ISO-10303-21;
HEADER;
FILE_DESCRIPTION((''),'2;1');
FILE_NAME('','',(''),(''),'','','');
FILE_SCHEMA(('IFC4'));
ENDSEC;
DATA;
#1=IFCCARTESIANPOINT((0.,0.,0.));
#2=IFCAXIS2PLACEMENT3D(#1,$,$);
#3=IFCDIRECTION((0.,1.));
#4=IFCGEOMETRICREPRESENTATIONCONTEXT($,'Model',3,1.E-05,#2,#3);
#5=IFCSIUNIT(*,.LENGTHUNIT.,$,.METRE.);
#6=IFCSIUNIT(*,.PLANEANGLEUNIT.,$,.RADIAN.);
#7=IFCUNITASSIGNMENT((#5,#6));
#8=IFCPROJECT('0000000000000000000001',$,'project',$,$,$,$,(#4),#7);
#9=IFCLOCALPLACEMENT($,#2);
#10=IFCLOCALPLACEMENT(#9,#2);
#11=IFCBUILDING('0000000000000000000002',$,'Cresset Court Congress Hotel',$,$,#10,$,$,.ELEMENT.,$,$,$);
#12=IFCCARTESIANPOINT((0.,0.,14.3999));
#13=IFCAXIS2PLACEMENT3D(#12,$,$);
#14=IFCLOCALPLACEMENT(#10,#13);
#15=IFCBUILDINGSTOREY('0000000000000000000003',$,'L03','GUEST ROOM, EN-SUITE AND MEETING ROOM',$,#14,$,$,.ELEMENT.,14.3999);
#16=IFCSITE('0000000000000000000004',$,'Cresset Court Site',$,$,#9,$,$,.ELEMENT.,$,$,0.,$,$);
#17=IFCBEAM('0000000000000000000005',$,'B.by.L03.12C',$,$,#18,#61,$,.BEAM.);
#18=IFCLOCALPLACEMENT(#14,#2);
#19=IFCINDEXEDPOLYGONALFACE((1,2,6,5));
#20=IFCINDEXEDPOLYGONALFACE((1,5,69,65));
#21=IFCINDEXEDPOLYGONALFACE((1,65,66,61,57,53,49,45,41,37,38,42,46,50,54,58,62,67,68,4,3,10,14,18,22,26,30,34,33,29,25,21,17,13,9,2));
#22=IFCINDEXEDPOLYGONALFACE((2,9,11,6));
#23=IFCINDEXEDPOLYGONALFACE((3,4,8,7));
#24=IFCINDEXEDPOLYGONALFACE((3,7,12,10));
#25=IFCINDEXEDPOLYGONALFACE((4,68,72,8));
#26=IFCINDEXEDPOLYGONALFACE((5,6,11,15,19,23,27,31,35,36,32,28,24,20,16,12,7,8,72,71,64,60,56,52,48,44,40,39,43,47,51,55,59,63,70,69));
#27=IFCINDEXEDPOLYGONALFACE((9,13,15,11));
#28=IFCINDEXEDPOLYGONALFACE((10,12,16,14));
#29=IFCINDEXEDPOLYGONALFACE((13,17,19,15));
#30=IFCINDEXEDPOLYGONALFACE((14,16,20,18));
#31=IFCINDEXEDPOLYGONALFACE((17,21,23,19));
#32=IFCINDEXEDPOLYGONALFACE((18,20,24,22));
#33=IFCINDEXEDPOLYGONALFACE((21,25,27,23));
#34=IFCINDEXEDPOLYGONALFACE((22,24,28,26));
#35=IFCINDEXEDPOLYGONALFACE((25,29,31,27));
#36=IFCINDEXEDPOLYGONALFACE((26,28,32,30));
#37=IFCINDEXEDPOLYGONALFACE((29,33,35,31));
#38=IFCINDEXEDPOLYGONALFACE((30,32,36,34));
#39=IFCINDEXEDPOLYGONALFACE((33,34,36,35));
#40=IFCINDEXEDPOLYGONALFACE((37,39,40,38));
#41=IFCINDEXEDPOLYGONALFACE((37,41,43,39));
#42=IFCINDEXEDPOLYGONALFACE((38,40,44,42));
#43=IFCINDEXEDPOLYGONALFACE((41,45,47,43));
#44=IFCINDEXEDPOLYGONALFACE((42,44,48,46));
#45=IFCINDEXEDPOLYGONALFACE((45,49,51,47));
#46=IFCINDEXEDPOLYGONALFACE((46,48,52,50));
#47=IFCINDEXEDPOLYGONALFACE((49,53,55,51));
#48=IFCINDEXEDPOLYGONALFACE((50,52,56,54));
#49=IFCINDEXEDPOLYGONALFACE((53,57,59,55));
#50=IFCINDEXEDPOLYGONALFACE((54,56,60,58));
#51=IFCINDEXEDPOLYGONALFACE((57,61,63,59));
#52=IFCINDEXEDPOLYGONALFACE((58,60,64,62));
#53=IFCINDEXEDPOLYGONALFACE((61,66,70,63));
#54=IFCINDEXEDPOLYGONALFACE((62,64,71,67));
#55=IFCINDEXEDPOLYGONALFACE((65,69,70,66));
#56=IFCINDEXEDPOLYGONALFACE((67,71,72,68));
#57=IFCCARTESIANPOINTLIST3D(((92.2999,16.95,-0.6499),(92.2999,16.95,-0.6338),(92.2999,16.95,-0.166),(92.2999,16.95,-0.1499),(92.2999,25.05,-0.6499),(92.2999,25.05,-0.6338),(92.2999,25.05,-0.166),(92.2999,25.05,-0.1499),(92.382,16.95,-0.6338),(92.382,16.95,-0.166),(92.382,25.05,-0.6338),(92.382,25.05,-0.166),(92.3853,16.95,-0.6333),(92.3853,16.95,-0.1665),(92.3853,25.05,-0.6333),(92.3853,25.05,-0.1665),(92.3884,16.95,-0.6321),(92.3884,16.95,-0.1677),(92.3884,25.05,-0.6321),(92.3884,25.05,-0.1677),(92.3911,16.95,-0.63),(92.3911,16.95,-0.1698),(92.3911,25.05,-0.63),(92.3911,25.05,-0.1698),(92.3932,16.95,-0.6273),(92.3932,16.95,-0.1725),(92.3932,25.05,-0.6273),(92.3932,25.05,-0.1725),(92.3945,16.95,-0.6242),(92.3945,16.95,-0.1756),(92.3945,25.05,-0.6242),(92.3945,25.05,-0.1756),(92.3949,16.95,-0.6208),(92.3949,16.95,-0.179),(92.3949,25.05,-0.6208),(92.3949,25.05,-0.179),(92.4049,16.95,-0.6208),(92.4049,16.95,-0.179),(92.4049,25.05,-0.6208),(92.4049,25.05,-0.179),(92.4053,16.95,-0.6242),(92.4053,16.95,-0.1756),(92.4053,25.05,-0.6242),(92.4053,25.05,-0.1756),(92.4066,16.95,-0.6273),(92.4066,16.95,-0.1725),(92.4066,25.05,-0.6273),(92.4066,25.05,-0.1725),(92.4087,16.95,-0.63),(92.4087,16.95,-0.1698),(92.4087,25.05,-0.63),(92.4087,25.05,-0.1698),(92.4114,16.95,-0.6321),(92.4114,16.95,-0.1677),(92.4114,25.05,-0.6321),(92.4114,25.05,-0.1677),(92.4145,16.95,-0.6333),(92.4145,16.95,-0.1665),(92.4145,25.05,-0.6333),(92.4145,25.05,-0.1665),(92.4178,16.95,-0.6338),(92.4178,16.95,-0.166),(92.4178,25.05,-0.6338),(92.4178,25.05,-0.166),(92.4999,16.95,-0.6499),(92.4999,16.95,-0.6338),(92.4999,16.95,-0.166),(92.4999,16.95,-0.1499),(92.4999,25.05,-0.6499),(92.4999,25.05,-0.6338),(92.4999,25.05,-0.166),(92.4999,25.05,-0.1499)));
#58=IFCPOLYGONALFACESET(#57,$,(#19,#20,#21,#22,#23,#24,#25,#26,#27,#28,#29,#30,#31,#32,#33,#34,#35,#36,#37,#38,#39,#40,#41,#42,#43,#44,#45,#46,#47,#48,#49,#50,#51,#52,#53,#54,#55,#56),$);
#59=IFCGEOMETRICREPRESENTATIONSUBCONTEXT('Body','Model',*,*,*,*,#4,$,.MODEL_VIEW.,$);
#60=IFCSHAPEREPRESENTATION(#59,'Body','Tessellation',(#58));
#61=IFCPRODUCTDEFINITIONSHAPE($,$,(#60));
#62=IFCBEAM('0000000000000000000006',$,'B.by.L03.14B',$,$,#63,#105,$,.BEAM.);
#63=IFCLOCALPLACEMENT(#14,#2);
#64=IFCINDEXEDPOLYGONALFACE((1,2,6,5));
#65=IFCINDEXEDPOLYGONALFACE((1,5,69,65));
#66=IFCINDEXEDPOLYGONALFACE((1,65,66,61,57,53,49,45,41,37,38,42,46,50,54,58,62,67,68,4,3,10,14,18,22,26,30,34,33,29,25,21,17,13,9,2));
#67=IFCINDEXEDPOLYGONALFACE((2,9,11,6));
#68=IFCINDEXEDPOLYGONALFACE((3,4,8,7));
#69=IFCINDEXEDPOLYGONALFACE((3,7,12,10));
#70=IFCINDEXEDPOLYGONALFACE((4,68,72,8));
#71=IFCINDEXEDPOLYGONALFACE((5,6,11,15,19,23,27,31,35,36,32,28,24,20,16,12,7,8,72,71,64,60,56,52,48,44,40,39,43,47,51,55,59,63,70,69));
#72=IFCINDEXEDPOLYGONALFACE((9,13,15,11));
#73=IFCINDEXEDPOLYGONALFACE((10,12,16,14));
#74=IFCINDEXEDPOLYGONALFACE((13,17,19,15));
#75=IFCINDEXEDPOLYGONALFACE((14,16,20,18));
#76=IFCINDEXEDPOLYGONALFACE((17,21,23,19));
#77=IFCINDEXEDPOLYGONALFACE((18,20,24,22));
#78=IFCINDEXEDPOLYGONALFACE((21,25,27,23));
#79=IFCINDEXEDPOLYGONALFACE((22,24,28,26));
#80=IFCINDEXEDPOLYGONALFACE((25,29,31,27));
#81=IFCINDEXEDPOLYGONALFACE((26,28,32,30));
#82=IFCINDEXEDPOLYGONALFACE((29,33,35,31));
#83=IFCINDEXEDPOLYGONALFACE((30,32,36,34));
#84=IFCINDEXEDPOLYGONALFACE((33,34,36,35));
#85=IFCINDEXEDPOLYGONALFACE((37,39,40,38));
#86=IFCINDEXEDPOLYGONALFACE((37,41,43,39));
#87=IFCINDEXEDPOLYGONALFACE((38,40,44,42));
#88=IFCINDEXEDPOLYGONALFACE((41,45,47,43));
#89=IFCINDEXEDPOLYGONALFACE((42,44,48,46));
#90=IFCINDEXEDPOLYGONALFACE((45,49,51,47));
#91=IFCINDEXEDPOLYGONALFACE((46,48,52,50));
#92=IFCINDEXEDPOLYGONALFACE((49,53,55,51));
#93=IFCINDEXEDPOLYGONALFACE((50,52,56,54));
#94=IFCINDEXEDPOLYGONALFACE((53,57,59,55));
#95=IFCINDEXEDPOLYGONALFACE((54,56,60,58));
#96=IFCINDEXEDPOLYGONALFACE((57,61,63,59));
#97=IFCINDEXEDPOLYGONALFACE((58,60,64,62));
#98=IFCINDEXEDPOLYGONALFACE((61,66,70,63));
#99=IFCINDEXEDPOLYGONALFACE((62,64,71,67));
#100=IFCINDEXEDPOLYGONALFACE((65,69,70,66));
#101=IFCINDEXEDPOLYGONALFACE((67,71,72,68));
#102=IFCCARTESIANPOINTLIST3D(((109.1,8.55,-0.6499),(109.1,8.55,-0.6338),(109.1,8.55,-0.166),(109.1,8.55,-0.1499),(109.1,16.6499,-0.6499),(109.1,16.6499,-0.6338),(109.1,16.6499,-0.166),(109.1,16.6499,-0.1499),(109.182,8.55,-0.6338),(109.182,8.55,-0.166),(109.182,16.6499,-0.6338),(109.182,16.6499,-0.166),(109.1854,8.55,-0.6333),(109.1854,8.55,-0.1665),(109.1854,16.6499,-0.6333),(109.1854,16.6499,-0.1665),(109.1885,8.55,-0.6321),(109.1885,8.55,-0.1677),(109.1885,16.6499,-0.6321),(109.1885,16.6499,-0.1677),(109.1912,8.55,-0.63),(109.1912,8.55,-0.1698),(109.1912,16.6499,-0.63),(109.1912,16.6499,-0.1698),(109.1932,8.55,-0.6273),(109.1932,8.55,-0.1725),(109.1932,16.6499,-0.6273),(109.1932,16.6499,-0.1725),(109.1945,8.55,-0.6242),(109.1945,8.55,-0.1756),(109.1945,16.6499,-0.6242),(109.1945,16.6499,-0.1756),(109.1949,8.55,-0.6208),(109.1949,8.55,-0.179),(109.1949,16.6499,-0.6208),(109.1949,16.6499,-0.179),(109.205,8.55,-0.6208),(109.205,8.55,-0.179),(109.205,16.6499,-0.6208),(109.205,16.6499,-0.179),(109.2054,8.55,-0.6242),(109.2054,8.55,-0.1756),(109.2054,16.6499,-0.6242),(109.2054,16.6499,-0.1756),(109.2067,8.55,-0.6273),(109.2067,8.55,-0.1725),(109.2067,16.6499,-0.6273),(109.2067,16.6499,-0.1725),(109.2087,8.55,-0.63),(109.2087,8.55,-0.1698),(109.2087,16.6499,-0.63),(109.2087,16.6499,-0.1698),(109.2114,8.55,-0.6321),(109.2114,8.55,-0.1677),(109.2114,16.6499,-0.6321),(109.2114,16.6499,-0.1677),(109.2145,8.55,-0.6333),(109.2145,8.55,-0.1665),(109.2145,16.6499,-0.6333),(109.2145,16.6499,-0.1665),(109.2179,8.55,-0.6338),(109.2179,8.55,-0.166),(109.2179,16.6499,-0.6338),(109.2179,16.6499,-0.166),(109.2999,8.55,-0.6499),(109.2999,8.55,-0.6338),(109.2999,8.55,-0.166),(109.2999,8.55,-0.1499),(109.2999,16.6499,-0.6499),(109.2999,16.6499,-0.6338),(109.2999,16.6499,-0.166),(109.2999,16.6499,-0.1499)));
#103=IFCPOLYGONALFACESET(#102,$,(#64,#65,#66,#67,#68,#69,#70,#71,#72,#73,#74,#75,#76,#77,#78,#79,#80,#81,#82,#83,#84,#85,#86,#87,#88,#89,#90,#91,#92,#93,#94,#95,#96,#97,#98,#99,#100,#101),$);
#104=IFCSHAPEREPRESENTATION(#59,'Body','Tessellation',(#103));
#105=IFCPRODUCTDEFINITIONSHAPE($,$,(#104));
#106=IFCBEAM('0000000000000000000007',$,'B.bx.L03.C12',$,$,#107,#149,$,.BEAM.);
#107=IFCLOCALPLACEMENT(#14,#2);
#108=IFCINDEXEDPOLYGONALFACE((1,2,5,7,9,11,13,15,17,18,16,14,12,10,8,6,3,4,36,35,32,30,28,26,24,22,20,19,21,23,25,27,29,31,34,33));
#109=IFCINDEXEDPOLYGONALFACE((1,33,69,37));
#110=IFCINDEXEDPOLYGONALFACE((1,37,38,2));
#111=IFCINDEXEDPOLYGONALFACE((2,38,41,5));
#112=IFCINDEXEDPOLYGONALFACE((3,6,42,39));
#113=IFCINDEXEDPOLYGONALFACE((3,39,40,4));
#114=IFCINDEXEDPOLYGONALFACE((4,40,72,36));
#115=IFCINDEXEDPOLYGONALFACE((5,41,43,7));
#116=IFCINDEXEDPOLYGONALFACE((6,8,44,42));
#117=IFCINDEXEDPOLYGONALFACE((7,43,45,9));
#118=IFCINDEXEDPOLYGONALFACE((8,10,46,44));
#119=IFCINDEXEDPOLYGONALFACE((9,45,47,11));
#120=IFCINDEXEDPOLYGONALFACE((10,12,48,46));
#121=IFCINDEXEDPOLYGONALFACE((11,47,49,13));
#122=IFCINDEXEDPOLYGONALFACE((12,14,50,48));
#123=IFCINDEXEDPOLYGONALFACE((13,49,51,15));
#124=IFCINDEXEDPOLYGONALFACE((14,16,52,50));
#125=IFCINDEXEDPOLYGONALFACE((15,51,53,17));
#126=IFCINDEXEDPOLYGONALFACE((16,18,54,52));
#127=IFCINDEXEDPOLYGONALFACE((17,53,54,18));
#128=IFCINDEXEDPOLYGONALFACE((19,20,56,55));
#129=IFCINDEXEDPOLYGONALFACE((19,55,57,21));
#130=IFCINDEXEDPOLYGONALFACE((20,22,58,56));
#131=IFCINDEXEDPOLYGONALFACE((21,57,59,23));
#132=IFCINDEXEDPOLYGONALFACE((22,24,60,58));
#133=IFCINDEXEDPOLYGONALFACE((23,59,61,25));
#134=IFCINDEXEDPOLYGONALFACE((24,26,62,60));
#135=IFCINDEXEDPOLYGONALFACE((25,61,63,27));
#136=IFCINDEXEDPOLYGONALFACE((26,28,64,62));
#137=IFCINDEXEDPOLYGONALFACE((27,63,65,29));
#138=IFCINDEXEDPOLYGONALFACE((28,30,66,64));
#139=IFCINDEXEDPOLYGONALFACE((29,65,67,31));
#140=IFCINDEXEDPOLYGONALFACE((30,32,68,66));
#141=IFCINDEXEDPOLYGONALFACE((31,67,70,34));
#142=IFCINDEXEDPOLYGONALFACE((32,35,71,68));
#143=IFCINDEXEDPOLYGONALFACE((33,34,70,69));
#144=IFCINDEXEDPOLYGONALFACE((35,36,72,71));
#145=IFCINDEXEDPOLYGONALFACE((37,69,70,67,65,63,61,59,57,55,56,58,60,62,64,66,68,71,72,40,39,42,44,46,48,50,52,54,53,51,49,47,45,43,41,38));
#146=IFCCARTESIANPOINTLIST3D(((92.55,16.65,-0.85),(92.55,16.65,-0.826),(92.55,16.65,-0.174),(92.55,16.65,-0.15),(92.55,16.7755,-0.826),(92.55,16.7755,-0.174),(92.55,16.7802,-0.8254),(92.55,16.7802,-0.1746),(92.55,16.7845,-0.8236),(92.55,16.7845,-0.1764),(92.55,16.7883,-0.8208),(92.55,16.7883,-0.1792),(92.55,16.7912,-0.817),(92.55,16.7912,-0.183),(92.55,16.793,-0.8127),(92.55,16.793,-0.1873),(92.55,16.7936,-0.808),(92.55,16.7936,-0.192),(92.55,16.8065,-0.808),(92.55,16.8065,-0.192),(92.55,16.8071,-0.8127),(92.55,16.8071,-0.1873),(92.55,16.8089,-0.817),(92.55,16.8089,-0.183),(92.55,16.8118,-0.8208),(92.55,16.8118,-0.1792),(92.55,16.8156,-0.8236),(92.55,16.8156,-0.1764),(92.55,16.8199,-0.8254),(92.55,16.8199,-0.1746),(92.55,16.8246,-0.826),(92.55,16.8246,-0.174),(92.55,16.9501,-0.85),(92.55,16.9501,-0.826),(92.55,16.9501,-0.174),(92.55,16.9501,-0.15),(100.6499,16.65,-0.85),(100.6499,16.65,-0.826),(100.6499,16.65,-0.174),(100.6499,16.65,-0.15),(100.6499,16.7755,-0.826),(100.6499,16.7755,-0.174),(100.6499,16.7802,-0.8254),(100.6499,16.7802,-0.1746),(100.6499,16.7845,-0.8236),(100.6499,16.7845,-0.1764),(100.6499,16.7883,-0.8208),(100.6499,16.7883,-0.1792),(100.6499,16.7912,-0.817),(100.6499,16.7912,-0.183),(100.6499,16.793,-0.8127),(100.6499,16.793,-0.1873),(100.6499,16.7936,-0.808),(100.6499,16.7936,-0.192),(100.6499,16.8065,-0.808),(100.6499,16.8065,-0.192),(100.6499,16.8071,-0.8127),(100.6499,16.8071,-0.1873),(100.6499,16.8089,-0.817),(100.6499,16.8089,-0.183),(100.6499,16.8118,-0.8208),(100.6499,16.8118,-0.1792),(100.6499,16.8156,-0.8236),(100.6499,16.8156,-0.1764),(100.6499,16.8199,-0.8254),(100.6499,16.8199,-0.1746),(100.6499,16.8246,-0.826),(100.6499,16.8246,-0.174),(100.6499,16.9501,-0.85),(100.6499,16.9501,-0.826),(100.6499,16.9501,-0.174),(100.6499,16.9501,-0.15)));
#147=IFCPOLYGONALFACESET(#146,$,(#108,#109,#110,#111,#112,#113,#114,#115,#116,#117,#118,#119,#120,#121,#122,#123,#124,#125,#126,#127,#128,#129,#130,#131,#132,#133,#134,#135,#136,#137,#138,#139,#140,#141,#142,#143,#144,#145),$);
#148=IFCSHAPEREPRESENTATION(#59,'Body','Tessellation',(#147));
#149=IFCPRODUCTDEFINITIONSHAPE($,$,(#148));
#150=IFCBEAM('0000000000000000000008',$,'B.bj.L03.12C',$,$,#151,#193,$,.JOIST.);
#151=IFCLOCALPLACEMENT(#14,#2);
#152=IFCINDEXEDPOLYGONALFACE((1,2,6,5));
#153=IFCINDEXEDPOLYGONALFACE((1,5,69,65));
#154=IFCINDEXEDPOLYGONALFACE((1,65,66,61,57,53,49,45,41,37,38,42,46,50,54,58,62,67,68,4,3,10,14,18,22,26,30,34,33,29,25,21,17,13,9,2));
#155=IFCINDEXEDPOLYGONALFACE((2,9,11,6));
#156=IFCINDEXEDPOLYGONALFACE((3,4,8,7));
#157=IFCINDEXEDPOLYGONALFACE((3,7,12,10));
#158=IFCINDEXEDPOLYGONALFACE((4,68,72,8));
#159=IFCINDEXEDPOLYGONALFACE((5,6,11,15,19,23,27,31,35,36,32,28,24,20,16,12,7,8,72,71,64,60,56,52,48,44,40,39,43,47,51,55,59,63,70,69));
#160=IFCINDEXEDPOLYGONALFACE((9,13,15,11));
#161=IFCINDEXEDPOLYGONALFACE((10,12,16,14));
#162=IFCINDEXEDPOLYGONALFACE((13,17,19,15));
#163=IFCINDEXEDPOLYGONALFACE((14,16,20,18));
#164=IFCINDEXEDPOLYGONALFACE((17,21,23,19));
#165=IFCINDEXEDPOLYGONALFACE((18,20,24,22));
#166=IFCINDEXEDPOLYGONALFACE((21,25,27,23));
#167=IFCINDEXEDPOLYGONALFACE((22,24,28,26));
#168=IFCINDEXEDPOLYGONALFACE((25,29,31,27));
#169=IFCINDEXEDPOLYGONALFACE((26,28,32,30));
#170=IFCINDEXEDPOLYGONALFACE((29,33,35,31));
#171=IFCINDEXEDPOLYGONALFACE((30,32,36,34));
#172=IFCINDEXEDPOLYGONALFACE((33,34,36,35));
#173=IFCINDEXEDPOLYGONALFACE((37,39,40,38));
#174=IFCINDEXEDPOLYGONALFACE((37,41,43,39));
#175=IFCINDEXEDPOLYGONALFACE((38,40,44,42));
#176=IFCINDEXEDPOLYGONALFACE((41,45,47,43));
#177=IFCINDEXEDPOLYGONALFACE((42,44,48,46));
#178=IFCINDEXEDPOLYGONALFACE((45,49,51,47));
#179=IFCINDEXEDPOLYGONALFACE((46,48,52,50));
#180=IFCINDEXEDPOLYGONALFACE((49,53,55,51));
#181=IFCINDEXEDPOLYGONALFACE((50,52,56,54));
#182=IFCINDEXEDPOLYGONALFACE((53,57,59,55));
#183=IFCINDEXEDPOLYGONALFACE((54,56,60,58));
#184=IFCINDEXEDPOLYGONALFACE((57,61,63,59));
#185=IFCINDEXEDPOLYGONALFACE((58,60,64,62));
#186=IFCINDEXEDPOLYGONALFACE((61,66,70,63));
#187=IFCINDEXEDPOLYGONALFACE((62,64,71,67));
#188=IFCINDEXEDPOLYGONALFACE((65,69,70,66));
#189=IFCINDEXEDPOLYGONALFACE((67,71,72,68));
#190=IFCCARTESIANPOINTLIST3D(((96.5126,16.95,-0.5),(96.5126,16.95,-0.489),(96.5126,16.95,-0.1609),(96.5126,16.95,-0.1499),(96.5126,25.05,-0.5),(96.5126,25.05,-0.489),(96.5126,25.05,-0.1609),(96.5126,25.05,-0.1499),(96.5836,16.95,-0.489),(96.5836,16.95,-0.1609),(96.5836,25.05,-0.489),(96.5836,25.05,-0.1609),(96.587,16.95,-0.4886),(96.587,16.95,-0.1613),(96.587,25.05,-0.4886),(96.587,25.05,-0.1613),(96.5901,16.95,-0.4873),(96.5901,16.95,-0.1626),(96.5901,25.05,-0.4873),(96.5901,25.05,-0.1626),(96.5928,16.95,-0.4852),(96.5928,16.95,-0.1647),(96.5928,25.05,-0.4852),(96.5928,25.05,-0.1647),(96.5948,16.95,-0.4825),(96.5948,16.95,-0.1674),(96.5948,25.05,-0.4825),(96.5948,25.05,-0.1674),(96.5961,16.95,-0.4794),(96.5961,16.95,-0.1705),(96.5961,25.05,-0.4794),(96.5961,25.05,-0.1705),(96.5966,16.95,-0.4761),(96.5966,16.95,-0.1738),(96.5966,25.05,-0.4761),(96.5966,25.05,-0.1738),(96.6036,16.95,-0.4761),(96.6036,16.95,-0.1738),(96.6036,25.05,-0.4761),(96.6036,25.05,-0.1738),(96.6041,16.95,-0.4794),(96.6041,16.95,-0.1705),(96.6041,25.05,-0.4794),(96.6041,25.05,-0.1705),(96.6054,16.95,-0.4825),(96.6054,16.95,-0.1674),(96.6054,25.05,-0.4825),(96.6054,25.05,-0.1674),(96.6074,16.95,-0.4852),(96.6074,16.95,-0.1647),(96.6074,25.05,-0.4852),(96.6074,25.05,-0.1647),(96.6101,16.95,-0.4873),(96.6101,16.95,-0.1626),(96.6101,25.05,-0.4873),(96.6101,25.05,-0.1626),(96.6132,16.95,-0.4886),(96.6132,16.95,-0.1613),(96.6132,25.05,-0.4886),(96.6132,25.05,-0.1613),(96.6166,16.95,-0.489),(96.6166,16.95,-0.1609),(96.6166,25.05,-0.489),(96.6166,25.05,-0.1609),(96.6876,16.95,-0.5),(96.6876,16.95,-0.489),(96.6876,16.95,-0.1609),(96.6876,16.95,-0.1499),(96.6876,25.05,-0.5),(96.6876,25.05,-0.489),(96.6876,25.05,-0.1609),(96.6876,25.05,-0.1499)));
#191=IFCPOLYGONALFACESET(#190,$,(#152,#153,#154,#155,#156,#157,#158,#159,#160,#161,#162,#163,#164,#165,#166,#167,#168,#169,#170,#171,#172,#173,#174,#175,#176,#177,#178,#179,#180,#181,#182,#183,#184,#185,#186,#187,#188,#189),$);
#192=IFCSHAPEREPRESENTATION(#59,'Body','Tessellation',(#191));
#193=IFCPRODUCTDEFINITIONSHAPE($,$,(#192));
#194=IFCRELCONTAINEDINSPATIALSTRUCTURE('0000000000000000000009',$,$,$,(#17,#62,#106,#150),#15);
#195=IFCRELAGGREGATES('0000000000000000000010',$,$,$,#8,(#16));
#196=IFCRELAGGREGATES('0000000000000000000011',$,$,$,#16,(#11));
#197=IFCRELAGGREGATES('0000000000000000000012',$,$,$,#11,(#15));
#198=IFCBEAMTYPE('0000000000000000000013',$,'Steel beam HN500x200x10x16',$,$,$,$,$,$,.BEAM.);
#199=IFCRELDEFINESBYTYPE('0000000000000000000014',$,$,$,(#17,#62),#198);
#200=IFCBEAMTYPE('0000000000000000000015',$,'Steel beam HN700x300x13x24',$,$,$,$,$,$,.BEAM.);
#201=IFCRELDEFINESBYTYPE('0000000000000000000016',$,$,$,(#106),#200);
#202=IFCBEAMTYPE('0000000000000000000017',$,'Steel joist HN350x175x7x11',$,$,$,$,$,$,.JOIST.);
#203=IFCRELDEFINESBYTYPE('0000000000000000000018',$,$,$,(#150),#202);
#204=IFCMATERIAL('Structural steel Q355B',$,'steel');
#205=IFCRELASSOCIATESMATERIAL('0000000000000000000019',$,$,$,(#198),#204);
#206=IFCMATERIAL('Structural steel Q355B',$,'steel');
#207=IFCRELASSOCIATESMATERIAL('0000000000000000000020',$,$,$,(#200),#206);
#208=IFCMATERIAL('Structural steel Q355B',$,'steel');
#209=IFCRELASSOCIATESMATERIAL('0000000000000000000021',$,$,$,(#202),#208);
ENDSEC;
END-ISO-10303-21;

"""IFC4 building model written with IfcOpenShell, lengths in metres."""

from ifc_helpers import new_model, si_unit, direction, frame, origin, origin_2d, place, context, subcontext, project, spatial, i_section, extrude, material, material_profile, profile_set, type_object, element, save


model = new_model("IFC4")

# Units and contexts
model_context = context("Model", 3, precision=1e-05, world=origin(), true_north=direction((0.0, 1.0)))
body_context = subcontext(model_context, "Body", "Model", "MODEL_VIEW")
ifc_project = project(units=[si_unit("LENGTHUNIT", "METRE"), si_unit("PLANEANGLEUNIT", "RADIAN")], contexts=[model_context])

# Site, building, storey
site_placement = place(None, origin())
site = spatial("IfcSite", under=ifc_project, at=site_placement, Name="Cresset Court Site", CompositionType="ELEMENT", RefElevation=0.0)
building_placement = place(site_placement, origin())
building = spatial("IfcBuilding", under=site, at=building_placement, Name="Cresset Court Congress Hotel", CompositionType="ELEMENT")
storey_placement = place(building_placement, frame((0.0, 0.0, 14.3999)))
storey = spatial("IfcBuildingStorey", under=building, at=storey_placement, Name="L03", Description="GUEST ROOM, EN-SUITE AND MEETING ROOM", CompositionType="ELEMENT", Elevation=14.3999)

# Beams
ifc_material_1 = material(Name="Structural steel Q355B", Category="steel")
ifc_material_profile_1 = material_profile(ifc_material_1, i_section(OverallWidth=0.2, OverallDepth=0.5, WebThickness=0.01, FlangeThickness=0.0161, FilletRadius=0.0129, at=origin_2d()), Name="HN500x200x10x16")
ifc_profile_set_1 = profile_set([ifc_material_profile_1], Name="Structural steel Q355B")
beam_type_1 = type_object("IfcBeamType", Name="Steel beam HN500x200x10x16", PredefinedType="BEAM", material=ifc_profile_set_1)
beam_1_placement = place(storey_placement, frame((92.3999, 16.95, -0.3999), z_axis=(0.0, 1.0, 0.0), x_axis=(-1.0, 0.0, 0.0)))
element("IfcBeam", 1, at=beam_1_placement, inside=storey, type_object=beam_type_1, Name="B.by.L03.12C", PredefinedType="BEAM", context=body_context, shape_type="SweptSolid", body=[
    extrude(i_section(OverallWidth=0.2, OverallDepth=0.5, WebThickness=0.01, FlangeThickness=0.0161, FilletRadius=0.0129, at=origin_2d()), origin(), (0.0, 0.0, 1.0), 8.1001),
])
beam_2_placement = place(storey_placement, frame((109.2, 8.55, -0.3999), z_axis=(0.0, 1.0, 0.0), x_axis=(-1.0, 0.0, 0.0)))
element("IfcBeam", 2, at=beam_2_placement, inside=storey, type_object=beam_type_1, Name="B.by.L03.14B", PredefinedType="BEAM", context=body_context, shape_type="SweptSolid", body=[
    extrude(i_section(OverallWidth=0.2, OverallDepth=0.5, WebThickness=0.01, FlangeThickness=0.0161, FilletRadius=0.0129, at=origin_2d()), origin(), (0.0, 0.0, 1.0), 8.0999),
])
ifc_material_2 = material(Name="Structural steel Q355B", Category="steel")
ifc_material_profile_2 = material_profile(ifc_material_2, i_section(OverallWidth=0.3, OverallDepth=0.7, WebThickness=0.0129, FlangeThickness=0.0239, FilletRadius=0.0181, at=origin_2d()), Name="HN700x300x13x24")
ifc_profile_set_2 = profile_set([ifc_material_profile_2], Name="Structural steel Q355B")
beam_type_2 = type_object("IfcBeamType", Name="Steel beam HN700x300x13x24", PredefinedType="BEAM", material=ifc_profile_set_2)
beam_3_placement = place(storey_placement, frame((92.55, 16.8, -0.5), z_axis=(1.0, 0.0, 0.0), x_axis=(0.0, 1.0, 0.0)))
element("IfcBeam", 3, at=beam_3_placement, inside=storey, type_object=beam_type_2, Name="B.bx.L03.C12", PredefinedType="BEAM", context=body_context, shape_type="SweptSolid", body=[
    extrude(i_section(OverallWidth=0.3, OverallDepth=0.7, WebThickness=0.0129, FlangeThickness=0.0239, FilletRadius=0.0181, at=origin_2d()), origin(), (0.0, 0.0, 1.0), 8.0999),
])
ifc_material_3 = material(Name="Structural steel Q355B", Category="steel")
ifc_material_profile_3 = material_profile(ifc_material_3, i_section(OverallWidth=0.175, OverallDepth=0.3501, WebThickness=0.0071, FlangeThickness=0.011, FilletRadius=0.0129, at=origin_2d()), Name="HN350x175x7x11")
ifc_profile_set_3 = profile_set([ifc_material_profile_3], Name="Structural steel Q355B")
beam_type_3 = type_object("IfcBeamType", Name="Steel joist HN350x175x7x11", PredefinedType="JOIST", material=ifc_profile_set_3)
beam_4_placement = place(storey_placement, frame((96.6001, 16.95, -0.325), z_axis=(0.0, 1.0, 0.0), x_axis=(-1.0, 0.0, 0.0)))
element("IfcBeam", 4, at=beam_4_placement, inside=storey, type_object=beam_type_3, Name="B.bj.L03.12C", PredefinedType="JOIST", context=body_context, shape_type="SweptSolid", body=[
    extrude(i_section(OverallWidth=0.175, OverallDepth=0.3501, WebThickness=0.0071, FlangeThickness=0.011, FilletRadius=0.0129, at=origin_2d()), origin(), (0.0, 0.0, 1.0), 8.1001),
])

save(model, "model.ifc")
